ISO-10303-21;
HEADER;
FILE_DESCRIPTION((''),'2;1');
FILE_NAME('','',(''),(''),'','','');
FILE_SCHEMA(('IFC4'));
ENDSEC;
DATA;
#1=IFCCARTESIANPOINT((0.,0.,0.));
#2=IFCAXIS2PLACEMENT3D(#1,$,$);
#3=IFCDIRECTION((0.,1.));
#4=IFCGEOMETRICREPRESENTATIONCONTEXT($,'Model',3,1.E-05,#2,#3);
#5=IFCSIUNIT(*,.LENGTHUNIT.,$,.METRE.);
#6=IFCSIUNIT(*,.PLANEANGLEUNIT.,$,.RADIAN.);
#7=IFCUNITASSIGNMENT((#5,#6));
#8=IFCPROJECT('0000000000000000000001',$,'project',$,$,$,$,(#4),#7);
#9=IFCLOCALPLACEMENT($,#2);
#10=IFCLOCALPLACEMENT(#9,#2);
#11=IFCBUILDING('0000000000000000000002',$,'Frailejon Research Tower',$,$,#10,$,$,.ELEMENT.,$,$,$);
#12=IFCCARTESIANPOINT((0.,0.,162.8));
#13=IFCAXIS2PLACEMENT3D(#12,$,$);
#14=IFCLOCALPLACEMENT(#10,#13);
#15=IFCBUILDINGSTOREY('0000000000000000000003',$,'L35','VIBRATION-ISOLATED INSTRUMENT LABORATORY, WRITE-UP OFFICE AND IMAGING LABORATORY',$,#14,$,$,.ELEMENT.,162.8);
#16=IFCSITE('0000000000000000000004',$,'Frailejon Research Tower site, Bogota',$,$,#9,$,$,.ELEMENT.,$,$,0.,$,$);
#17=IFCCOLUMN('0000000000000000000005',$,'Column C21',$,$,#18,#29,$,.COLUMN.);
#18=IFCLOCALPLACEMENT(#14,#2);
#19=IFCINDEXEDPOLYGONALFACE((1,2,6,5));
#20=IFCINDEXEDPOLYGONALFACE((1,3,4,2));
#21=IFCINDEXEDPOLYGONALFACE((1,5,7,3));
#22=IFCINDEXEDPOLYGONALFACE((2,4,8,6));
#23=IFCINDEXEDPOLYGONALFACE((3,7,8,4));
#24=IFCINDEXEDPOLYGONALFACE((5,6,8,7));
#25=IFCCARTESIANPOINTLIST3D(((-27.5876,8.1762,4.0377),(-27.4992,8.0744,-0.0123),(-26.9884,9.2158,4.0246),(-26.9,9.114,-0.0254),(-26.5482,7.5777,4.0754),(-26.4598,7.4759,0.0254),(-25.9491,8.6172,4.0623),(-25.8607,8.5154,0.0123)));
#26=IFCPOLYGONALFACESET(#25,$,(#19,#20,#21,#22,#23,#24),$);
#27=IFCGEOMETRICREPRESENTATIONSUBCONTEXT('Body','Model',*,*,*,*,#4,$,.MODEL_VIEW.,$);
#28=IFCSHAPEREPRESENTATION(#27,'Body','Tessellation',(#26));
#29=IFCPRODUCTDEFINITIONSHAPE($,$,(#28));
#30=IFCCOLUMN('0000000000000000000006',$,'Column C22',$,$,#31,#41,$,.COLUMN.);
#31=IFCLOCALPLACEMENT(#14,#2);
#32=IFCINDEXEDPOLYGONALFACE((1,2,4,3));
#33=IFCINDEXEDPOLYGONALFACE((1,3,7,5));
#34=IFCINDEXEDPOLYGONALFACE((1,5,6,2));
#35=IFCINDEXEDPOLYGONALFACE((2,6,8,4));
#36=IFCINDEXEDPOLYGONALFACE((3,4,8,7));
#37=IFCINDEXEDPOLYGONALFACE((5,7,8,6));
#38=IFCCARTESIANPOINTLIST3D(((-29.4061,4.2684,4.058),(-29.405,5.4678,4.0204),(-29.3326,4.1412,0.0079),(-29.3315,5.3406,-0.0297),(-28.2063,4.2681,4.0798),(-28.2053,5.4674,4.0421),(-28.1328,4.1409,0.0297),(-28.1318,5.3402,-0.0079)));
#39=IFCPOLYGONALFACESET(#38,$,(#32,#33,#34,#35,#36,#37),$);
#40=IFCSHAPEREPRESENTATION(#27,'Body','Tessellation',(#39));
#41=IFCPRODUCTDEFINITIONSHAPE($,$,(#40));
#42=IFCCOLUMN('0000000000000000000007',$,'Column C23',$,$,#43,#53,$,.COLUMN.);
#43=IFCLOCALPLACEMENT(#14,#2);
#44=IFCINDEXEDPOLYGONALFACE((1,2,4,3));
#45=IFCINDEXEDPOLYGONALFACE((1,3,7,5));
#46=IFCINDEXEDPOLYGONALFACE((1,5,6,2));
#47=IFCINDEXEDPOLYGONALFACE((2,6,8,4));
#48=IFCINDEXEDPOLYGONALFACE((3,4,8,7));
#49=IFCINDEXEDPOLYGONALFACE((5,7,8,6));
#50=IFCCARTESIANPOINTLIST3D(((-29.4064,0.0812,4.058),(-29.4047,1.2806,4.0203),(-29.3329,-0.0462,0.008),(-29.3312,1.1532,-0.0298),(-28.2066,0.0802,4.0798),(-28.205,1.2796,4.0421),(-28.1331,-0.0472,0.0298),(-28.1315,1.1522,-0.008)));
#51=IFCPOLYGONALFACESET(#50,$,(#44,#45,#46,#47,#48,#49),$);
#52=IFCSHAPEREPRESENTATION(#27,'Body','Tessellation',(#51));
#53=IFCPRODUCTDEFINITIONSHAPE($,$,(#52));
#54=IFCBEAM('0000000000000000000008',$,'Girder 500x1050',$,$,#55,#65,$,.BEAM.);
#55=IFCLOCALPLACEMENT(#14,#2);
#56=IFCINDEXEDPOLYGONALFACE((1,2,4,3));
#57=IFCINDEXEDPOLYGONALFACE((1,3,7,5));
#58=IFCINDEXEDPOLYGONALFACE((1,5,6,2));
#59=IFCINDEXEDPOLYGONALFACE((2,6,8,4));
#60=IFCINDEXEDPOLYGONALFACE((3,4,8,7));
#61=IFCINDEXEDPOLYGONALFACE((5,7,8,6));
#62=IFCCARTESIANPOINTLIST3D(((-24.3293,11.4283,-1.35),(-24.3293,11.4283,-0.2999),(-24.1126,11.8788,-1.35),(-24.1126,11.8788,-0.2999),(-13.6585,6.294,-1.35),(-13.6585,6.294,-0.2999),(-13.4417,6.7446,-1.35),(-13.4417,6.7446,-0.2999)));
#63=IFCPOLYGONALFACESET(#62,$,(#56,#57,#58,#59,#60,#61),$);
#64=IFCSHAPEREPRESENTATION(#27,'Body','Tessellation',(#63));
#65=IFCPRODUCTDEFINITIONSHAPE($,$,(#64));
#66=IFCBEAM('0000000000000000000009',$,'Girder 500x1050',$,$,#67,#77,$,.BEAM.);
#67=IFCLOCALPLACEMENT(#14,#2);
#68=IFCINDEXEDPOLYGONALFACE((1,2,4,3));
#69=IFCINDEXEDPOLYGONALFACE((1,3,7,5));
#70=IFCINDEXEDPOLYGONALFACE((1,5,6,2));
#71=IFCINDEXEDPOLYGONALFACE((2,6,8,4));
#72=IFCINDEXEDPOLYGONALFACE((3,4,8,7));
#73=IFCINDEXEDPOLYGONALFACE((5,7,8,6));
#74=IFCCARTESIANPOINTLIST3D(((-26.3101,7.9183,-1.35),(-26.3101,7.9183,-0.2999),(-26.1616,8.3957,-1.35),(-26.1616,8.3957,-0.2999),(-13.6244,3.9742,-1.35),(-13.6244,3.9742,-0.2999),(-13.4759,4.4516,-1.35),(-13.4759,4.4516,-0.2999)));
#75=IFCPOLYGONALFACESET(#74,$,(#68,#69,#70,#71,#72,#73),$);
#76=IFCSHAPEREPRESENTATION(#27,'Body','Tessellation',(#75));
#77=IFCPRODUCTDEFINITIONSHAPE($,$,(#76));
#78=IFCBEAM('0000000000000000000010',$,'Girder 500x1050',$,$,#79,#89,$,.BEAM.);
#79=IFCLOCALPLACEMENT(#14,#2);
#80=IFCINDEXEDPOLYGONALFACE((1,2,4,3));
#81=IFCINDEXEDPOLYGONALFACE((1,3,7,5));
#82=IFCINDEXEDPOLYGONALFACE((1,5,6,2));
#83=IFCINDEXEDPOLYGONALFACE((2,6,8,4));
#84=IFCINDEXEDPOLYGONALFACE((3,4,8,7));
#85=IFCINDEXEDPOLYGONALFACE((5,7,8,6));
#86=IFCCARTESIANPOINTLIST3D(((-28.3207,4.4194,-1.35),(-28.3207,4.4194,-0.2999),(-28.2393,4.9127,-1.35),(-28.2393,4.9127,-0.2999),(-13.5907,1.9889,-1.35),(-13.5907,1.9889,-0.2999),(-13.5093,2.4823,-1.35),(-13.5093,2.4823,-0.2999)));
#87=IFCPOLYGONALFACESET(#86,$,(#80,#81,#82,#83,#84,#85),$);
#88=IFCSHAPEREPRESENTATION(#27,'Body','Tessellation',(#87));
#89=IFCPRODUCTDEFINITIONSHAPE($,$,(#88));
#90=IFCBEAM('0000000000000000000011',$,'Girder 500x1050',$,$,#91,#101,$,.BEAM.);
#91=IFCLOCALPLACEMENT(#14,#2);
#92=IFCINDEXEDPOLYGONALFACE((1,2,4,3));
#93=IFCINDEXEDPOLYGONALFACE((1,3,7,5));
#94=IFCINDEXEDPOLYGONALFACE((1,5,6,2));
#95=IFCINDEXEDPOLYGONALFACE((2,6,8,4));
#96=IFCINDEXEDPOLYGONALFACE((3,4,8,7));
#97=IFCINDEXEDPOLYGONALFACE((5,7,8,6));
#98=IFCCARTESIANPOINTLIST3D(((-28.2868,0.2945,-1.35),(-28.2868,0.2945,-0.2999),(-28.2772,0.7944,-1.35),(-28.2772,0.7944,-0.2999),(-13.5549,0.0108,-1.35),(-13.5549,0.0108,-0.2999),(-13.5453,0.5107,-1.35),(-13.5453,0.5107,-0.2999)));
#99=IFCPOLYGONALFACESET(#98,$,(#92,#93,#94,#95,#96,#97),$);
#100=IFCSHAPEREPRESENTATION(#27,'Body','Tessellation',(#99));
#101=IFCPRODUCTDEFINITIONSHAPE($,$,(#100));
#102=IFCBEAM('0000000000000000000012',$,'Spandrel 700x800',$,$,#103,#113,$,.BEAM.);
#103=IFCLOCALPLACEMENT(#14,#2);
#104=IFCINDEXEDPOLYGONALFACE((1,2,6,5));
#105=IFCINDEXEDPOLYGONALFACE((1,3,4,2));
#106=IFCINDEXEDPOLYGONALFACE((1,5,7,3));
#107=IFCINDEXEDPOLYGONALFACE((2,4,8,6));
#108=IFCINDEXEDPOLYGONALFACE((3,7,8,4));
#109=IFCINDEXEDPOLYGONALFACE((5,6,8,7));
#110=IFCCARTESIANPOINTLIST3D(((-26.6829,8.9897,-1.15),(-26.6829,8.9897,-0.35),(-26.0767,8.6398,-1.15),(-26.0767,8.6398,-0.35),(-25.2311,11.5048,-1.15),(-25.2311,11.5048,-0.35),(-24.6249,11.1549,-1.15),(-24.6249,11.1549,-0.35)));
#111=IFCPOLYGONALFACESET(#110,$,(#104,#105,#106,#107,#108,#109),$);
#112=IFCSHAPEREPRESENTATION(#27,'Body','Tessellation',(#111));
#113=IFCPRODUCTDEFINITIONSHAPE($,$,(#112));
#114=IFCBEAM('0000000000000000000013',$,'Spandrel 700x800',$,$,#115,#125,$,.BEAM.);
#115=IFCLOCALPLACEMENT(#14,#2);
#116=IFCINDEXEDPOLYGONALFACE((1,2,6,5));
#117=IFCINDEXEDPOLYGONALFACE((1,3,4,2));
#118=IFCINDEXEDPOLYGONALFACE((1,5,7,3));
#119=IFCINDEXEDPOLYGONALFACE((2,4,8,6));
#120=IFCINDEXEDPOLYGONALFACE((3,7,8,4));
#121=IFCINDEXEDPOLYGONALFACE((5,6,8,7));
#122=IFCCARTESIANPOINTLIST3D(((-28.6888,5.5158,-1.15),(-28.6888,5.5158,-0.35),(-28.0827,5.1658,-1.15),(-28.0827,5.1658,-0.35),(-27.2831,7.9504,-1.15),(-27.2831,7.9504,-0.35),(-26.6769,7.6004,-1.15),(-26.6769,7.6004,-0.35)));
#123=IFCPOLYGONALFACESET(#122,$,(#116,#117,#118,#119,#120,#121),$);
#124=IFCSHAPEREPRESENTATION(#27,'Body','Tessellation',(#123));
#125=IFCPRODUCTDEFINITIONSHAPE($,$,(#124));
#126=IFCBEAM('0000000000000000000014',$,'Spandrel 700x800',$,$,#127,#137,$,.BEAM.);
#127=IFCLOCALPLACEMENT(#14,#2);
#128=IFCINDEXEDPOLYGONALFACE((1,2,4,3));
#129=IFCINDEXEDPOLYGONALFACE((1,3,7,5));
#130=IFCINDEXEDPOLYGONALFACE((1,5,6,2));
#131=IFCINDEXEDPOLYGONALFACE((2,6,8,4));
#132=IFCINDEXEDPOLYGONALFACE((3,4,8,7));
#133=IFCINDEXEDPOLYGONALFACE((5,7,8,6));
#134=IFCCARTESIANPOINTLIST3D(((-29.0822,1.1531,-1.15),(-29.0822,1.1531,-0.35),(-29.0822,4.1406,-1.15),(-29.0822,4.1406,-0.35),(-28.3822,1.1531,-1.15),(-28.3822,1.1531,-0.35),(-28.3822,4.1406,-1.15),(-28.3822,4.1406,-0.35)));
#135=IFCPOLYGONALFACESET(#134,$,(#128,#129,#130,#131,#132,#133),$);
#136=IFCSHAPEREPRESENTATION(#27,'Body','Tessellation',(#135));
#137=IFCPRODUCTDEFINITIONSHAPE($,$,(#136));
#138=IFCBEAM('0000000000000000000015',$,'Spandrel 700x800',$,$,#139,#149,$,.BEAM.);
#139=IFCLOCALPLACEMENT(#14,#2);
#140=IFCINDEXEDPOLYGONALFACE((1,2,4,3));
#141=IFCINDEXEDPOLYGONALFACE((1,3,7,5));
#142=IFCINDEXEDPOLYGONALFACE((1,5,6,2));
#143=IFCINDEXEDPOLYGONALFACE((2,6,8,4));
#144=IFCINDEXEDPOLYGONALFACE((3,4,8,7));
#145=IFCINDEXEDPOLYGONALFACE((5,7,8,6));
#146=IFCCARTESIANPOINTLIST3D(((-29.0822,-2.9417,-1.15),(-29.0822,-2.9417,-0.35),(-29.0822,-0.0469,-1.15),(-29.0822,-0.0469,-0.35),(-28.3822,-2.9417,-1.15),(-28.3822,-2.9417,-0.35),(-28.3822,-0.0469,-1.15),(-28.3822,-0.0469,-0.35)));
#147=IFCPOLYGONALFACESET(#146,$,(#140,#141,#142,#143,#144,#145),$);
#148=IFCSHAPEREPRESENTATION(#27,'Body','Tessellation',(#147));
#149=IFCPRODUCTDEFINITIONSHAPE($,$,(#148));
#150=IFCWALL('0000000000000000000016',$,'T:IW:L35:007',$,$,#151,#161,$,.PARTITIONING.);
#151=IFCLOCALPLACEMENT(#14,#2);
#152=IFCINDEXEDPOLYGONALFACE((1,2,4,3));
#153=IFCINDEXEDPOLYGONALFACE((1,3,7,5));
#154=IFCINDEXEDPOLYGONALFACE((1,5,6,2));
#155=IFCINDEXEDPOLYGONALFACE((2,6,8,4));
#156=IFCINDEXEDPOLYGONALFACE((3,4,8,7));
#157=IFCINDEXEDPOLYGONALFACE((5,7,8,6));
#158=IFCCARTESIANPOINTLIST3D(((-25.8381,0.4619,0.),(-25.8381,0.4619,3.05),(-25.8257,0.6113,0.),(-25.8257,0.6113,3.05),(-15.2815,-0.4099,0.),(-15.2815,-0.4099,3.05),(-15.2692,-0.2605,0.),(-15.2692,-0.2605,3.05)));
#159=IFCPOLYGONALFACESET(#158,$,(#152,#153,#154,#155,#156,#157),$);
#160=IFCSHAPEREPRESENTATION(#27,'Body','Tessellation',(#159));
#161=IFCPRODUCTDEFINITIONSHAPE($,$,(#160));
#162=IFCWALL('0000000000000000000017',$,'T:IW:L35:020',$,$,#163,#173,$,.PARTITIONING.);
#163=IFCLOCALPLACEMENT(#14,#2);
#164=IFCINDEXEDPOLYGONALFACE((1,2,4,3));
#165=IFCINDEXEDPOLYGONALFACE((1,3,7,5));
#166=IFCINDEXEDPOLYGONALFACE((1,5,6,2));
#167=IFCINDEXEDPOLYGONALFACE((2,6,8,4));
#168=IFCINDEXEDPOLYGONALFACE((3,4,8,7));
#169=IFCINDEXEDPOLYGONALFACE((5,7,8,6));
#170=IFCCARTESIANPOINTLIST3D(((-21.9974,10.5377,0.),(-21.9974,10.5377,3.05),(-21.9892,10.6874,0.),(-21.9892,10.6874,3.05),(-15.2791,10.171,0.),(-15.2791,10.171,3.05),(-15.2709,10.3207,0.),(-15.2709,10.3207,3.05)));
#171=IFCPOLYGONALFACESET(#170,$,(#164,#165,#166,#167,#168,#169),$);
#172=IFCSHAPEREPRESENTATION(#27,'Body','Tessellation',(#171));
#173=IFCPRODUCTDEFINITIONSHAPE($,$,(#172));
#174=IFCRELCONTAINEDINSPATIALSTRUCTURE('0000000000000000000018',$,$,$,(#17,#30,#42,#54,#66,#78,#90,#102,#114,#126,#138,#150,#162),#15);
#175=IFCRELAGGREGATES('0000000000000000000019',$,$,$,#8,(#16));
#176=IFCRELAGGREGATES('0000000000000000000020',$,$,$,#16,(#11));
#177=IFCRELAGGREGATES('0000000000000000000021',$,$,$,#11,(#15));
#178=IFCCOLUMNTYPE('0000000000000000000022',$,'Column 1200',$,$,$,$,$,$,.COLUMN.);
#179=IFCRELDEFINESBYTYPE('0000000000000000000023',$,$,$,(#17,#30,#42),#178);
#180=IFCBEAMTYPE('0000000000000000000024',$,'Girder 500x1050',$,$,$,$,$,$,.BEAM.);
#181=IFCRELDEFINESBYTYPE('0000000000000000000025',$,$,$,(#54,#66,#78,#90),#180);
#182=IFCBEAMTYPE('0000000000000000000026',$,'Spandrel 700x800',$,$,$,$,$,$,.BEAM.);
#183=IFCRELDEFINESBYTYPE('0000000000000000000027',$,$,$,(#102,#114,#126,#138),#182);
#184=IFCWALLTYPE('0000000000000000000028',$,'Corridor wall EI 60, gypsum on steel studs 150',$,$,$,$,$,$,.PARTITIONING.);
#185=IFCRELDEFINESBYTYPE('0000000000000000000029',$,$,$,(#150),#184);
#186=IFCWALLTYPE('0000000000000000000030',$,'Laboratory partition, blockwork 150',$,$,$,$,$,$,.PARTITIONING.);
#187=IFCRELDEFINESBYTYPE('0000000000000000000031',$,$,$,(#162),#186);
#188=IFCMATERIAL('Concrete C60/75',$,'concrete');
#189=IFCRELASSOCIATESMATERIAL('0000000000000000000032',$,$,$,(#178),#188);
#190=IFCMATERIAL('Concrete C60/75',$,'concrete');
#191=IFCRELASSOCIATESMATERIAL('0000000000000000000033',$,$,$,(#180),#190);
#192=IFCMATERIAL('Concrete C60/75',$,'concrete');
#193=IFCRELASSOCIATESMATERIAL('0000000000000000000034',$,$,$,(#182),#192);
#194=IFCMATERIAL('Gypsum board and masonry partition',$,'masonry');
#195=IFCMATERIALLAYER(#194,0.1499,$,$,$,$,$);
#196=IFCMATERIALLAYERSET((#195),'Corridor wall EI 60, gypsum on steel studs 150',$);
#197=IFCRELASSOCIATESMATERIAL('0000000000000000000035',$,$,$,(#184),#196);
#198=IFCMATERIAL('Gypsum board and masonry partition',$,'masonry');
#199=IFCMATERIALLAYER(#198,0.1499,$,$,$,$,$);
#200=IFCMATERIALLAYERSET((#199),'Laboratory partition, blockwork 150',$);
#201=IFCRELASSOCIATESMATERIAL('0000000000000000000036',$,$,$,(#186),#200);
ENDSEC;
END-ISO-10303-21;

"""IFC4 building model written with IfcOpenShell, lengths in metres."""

from ifc_helpers import new_model, si_unit, direction, frame, frame_2d, origin, origin_2d, place, context, subcontext, project, spatial, rectangle, extrude, material, layer, layer_set, material_profile, profile_set, type_object, element, save


model = new_model("IFC4")

# Units and contexts
model_context = context("Model", 3, precision=1e-05, world=origin(), true_north=direction((0.0, 1.0)))
body_context = subcontext(model_context, "Body", "Model", "MODEL_VIEW")
ifc_project = project(units=[si_unit("LENGTHUNIT", "METRE"), si_unit("PLANEANGLEUNIT", "RADIAN")], contexts=[model_context])

# Site, building, storey
site_placement = place(None, origin())
site = spatial("IfcSite", under=ifc_project, at=site_placement, Name="Frailejon Research Tower site, Bogota", CompositionType="ELEMENT", RefElevation=0.0)
building_placement = place(site_placement, origin())
building = spatial("IfcBuilding", under=site, at=building_placement, Name="Frailejon Research Tower", CompositionType="ELEMENT")
storey_placement = place(building_placement, frame((0.0, 0.0, 162.8)))
storey = spatial("IfcBuildingStorey", under=building, at=storey_placement, Name="L35", Description="VIBRATION-ISOLATED INSTRUMENT LABORATORY, WRITE-UP OFFICE AND IMAGING LABORATORY", CompositionType="ELEMENT", Elevation=162.8)

# Columns
ifc_material_1 = material(Name="Concrete C60/75", Category="concrete")
ifc_material_profile_1 = material_profile(ifc_material_1, rectangle(XDim=1.2, YDim=1.2, at=origin_2d()), Name="Column 1200")
ifc_profile_set_1 = profile_set([ifc_material_profile_1], Name="Concrete C60/75")
column_type = type_object("IfcColumnType", Name="Column 1200", PredefinedType="COLUMN", material=ifc_profile_set_1)
column_placement = place(storey_placement, frame((-26.6799, 8.2949, 0.0), z_axis=(-0.02181, 0.025123, 0.999446), x_axis=(-0.499317, -0.866351, 0.010882)))
element("IfcColumn", 1, at=column_placement, inside=storey, type_object=column_type, Name="Column C21", PredefinedType="COLUMN", context=body_context, shape_type="SweptSolid", body=[
    extrude(rectangle(XDim=1.2, YDim=1.2, at=origin_2d()), origin(), (0.0, 0.0, 1.0), 4.0522),
])
for number, where, z_axis, x_axis, name in (
    (2, (-28.7322, 4.7407, 0.0), (-0.018133, 0.031386, 0.999343), (-0.000879, -0.999507, 0.031375), "Column C22"),
    (3, (-28.7322, 0.553, 0.0), (-0.018133, 0.031446, 0.999341), (-0.001396, -0.999505, 0.031426), "Column C23"),
):
    element("IfcColumn", number, at=place(storey_placement, frame(where, z_axis=z_axis, x_axis=x_axis)), inside=storey, type_object=column_type, Name=name, PredefinedType="COLUMN", context=body_context, shape_type="SweptSolid", body=[
        extrude(rectangle(XDim=1.2, YDim=1.2, at=origin_2d()), origin(), (0.0, 0.0, 1.0), 4.0527),
    ])

# Beams
ifc_material_2 = material(Name="Concrete C60/75", Category="concrete")
ifc_material_profile_2 = material_profile(ifc_material_2, rectangle(XDim=0.5, YDim=1.05, at=origin_2d()), Name="Girder 500x1050")
ifc_profile_set_2 = profile_set([ifc_material_profile_2], Name="Concrete C60/75")
beam_type_1 = type_object("IfcBeamType", Name="Girder 500x1050", PredefinedType="BEAM", material=ifc_profile_set_2)
beam_1_placement = place(storey_placement, frame((-24.2209, 11.6536, -0.825), z_axis=(0.901119, -0.433571, 0.0), x_axis=(0.433571, 0.901119, 0.0)))
element("IfcBeam", 4, at=beam_1_placement, inside=storey, type_object=beam_type_1, Name="Girder 500x1050", PredefinedType="BEAM", context=body_context, shape_type="SweptSolid", body=[
    extrude(rectangle(XDim=0.5, YDim=1.05, at=origin_2d()), origin(), (0.0, 0.0, 1.0), 11.8418),
])
beam_2_placement = place(storey_placement, frame((-26.2358, 8.157, -0.825), z_axis=(0.954912, -0.296888, 0.0), x_axis=(0.296888, 0.954912, 0.0)))
element("IfcBeam", 5, at=beam_2_placement, inside=storey, type_object=beam_type_1, Name="Girder 500x1050", PredefinedType="BEAM", context=body_context, shape_type="SweptSolid", body=[
    extrude(rectangle(XDim=0.5, YDim=1.05, at=origin_2d()), origin(), (0.0, 0.0, 1.0), 13.2847),
])
beam_3_placement = place(storey_placement, frame((-28.28, 4.666, -0.825), z_axis=(0.98666, -0.162797, 0.0), x_axis=(0.162797, 0.98666, 0.0)))
element("IfcBeam", 6, at=beam_3_placement, inside=storey, type_object=beam_type_1, Name="Girder 500x1050", PredefinedType="BEAM", context=body_context, shape_type="SweptSolid", body=[
    extrude(rectangle(XDim=0.5, YDim=1.05, at=origin_2d()), origin(), (0.0, 0.0, 1.0), 14.9292),
])
beam_4_placement = place(storey_placement, frame((-28.282, 0.5444, -0.825), z_axis=(0.999815, -0.019253, 0.0), x_axis=(0.019253, 0.999815, 0.0)))
element("IfcBeam", 7, at=beam_4_placement, inside=storey, type_object=beam_type_1, Name="Girder 500x1050", PredefinedType="BEAM", context=body_context, shape_type="SweptSolid", body=[
    extrude(rectangle(XDim=0.5, YDim=1.05, at=origin_2d()), origin(), (0.0, 0.0, 1.0), 14.7346),
])
ifc_material_3 = material(Name="Concrete C60/75", Category="concrete")
ifc_material_profile_3 = material_profile(ifc_material_3, rectangle(XDim=0.7, YDim=0.8, at=origin_2d()), Name="Spandrel 700x800")
ifc_profile_set_3 = profile_set([ifc_material_profile_3], Name="Concrete C60/75")
beam_type_2 = type_object("IfcBeamType", Name="Spandrel 700x800", PredefinedType="BEAM", material=ifc_profile_set_3)
beam_5_placement = place(storey_placement, frame((-24.928, 11.3298, -0.75), z_axis=(-0.499946, -0.866057, 0.0), x_axis=(0.866057, -0.499946, 0.0)))
element("IfcBeam", 8, at=beam_5_placement, inside=storey, type_object=beam_type_2, Name="Spandrel 700x800", PredefinedType="BEAM", context=body_context, shape_type="SweptSolid", body=[
    extrude(rectangle(XDim=0.7, YDim=0.8, at=origin_2d()), origin(), (0.0, 0.0, 1.0), 2.9041),
])
beam_6_placement = place(storey_placement, frame((-26.98, 7.7754, -0.75), z_axis=(-0.500043, -0.866, 0.0), x_axis=(0.866, -0.500043, 0.0)))
element("IfcBeam", 9, at=beam_6_placement, inside=storey, type_object=beam_type_2, Name="Spandrel 700x800", PredefinedType="BEAM", context=body_context, shape_type="SweptSolid", body=[
    extrude(rectangle(XDim=0.7, YDim=0.8, at=origin_2d()), origin(), (0.0, 0.0, 1.0), 2.8113),
])
beam_7_placement = place(storey_placement, frame((-28.7322, 4.1406, -0.75), z_axis=(0.0, -1.0, 0.0), x_axis=(1.0, 0.0, 0.0)))
element("IfcBeam", 10, at=beam_7_placement, inside=storey, type_object=beam_type_2, Name="Spandrel 700x800", PredefinedType="BEAM", context=body_context, shape_type="SweptSolid", body=[
    extrude(rectangle(XDim=0.7, YDim=0.8, at=origin_2d()), origin(), (0.0, 0.0, 1.0), 2.9875),
])
beam_8_placement = place(storey_placement, frame((-28.7322, -0.0469, -0.75), z_axis=(0.0, -1.0, 0.0), x_axis=(1.0, 0.0, 0.0)))
element("IfcBeam", 11, at=beam_8_placement, inside=storey, type_object=beam_type_2, Name="Spandrel 700x800", PredefinedType="BEAM", context=body_context, shape_type="SweptSolid", body=[
    extrude(rectangle(XDim=0.7, YDim=0.8, at=origin_2d()), origin(), (0.0, 0.0, 1.0), 2.8948),
])

# Walls
ifc_material_4 = material(Name="Gypsum board and masonry partition", Category="masonry")
ifc_layer_1 = layer(ifc_material_4, 0.1499)
ifc_layer_set_1 = layer_set([ifc_layer_1], Name="Corridor wall EI 60, gypsum on steel studs 150")
wall_type_1 = type_object("IfcWallType", Name="Corridor wall EI 60, gypsum on steel studs 150", PredefinedType="PARTITIONING", material=ifc_layer_set_1)
wall_1_placement = place(storey_placement, frame((-25.832, 0.5366, 0.0), z_axis=(0.0, 0.0, 1.0), x_axis=(0.996607, -0.082305, 0.0)))
element("IfcWall", 12, at=wall_1_placement, inside=storey, type_object=wall_type_1, Name="T:IW:L35:007", PredefinedType="PARTITIONING", context=body_context, shape_type="SweptSolid", body=[
    extrude(rectangle(XDim=10.5925, YDim=0.1499, at=frame_2d((5.2964, 0.0))), origin(), (0.0, 0.0, 1.0), 3.05),
])
ifc_material_5 = material(Name="Gypsum board and masonry partition", Category="masonry")
ifc_layer_2 = layer(ifc_material_5, 0.1499)
ifc_layer_set_2 = layer_set([ifc_layer_2], Name="Laboratory partition, blockwork 150")
wall_type_2 = type_object("IfcWallType", Name="Laboratory partition, blockwork 150", PredefinedType="PARTITIONING", material=ifc_layer_set_2)
wall_2_placement = place(storey_placement, frame((-21.9934, 10.6125, 0.0), z_axis=(0.0, 0.0, 1.0), x_axis=(0.998514, -0.054501, 0.0)))
element("IfcWall", 13, at=wall_2_placement, inside=storey, type_object=wall_type_2, Name="T:IW:L35:020", PredefinedType="PARTITIONING", context=body_context, shape_type="SweptSolid", body=[
    extrude(rectangle(XDim=6.7283, YDim=0.1499, at=frame_2d((3.3643, 0.0))), origin(), (0.0, 0.0, 1.0), 3.05),
])

save(model, "model.ifc")
